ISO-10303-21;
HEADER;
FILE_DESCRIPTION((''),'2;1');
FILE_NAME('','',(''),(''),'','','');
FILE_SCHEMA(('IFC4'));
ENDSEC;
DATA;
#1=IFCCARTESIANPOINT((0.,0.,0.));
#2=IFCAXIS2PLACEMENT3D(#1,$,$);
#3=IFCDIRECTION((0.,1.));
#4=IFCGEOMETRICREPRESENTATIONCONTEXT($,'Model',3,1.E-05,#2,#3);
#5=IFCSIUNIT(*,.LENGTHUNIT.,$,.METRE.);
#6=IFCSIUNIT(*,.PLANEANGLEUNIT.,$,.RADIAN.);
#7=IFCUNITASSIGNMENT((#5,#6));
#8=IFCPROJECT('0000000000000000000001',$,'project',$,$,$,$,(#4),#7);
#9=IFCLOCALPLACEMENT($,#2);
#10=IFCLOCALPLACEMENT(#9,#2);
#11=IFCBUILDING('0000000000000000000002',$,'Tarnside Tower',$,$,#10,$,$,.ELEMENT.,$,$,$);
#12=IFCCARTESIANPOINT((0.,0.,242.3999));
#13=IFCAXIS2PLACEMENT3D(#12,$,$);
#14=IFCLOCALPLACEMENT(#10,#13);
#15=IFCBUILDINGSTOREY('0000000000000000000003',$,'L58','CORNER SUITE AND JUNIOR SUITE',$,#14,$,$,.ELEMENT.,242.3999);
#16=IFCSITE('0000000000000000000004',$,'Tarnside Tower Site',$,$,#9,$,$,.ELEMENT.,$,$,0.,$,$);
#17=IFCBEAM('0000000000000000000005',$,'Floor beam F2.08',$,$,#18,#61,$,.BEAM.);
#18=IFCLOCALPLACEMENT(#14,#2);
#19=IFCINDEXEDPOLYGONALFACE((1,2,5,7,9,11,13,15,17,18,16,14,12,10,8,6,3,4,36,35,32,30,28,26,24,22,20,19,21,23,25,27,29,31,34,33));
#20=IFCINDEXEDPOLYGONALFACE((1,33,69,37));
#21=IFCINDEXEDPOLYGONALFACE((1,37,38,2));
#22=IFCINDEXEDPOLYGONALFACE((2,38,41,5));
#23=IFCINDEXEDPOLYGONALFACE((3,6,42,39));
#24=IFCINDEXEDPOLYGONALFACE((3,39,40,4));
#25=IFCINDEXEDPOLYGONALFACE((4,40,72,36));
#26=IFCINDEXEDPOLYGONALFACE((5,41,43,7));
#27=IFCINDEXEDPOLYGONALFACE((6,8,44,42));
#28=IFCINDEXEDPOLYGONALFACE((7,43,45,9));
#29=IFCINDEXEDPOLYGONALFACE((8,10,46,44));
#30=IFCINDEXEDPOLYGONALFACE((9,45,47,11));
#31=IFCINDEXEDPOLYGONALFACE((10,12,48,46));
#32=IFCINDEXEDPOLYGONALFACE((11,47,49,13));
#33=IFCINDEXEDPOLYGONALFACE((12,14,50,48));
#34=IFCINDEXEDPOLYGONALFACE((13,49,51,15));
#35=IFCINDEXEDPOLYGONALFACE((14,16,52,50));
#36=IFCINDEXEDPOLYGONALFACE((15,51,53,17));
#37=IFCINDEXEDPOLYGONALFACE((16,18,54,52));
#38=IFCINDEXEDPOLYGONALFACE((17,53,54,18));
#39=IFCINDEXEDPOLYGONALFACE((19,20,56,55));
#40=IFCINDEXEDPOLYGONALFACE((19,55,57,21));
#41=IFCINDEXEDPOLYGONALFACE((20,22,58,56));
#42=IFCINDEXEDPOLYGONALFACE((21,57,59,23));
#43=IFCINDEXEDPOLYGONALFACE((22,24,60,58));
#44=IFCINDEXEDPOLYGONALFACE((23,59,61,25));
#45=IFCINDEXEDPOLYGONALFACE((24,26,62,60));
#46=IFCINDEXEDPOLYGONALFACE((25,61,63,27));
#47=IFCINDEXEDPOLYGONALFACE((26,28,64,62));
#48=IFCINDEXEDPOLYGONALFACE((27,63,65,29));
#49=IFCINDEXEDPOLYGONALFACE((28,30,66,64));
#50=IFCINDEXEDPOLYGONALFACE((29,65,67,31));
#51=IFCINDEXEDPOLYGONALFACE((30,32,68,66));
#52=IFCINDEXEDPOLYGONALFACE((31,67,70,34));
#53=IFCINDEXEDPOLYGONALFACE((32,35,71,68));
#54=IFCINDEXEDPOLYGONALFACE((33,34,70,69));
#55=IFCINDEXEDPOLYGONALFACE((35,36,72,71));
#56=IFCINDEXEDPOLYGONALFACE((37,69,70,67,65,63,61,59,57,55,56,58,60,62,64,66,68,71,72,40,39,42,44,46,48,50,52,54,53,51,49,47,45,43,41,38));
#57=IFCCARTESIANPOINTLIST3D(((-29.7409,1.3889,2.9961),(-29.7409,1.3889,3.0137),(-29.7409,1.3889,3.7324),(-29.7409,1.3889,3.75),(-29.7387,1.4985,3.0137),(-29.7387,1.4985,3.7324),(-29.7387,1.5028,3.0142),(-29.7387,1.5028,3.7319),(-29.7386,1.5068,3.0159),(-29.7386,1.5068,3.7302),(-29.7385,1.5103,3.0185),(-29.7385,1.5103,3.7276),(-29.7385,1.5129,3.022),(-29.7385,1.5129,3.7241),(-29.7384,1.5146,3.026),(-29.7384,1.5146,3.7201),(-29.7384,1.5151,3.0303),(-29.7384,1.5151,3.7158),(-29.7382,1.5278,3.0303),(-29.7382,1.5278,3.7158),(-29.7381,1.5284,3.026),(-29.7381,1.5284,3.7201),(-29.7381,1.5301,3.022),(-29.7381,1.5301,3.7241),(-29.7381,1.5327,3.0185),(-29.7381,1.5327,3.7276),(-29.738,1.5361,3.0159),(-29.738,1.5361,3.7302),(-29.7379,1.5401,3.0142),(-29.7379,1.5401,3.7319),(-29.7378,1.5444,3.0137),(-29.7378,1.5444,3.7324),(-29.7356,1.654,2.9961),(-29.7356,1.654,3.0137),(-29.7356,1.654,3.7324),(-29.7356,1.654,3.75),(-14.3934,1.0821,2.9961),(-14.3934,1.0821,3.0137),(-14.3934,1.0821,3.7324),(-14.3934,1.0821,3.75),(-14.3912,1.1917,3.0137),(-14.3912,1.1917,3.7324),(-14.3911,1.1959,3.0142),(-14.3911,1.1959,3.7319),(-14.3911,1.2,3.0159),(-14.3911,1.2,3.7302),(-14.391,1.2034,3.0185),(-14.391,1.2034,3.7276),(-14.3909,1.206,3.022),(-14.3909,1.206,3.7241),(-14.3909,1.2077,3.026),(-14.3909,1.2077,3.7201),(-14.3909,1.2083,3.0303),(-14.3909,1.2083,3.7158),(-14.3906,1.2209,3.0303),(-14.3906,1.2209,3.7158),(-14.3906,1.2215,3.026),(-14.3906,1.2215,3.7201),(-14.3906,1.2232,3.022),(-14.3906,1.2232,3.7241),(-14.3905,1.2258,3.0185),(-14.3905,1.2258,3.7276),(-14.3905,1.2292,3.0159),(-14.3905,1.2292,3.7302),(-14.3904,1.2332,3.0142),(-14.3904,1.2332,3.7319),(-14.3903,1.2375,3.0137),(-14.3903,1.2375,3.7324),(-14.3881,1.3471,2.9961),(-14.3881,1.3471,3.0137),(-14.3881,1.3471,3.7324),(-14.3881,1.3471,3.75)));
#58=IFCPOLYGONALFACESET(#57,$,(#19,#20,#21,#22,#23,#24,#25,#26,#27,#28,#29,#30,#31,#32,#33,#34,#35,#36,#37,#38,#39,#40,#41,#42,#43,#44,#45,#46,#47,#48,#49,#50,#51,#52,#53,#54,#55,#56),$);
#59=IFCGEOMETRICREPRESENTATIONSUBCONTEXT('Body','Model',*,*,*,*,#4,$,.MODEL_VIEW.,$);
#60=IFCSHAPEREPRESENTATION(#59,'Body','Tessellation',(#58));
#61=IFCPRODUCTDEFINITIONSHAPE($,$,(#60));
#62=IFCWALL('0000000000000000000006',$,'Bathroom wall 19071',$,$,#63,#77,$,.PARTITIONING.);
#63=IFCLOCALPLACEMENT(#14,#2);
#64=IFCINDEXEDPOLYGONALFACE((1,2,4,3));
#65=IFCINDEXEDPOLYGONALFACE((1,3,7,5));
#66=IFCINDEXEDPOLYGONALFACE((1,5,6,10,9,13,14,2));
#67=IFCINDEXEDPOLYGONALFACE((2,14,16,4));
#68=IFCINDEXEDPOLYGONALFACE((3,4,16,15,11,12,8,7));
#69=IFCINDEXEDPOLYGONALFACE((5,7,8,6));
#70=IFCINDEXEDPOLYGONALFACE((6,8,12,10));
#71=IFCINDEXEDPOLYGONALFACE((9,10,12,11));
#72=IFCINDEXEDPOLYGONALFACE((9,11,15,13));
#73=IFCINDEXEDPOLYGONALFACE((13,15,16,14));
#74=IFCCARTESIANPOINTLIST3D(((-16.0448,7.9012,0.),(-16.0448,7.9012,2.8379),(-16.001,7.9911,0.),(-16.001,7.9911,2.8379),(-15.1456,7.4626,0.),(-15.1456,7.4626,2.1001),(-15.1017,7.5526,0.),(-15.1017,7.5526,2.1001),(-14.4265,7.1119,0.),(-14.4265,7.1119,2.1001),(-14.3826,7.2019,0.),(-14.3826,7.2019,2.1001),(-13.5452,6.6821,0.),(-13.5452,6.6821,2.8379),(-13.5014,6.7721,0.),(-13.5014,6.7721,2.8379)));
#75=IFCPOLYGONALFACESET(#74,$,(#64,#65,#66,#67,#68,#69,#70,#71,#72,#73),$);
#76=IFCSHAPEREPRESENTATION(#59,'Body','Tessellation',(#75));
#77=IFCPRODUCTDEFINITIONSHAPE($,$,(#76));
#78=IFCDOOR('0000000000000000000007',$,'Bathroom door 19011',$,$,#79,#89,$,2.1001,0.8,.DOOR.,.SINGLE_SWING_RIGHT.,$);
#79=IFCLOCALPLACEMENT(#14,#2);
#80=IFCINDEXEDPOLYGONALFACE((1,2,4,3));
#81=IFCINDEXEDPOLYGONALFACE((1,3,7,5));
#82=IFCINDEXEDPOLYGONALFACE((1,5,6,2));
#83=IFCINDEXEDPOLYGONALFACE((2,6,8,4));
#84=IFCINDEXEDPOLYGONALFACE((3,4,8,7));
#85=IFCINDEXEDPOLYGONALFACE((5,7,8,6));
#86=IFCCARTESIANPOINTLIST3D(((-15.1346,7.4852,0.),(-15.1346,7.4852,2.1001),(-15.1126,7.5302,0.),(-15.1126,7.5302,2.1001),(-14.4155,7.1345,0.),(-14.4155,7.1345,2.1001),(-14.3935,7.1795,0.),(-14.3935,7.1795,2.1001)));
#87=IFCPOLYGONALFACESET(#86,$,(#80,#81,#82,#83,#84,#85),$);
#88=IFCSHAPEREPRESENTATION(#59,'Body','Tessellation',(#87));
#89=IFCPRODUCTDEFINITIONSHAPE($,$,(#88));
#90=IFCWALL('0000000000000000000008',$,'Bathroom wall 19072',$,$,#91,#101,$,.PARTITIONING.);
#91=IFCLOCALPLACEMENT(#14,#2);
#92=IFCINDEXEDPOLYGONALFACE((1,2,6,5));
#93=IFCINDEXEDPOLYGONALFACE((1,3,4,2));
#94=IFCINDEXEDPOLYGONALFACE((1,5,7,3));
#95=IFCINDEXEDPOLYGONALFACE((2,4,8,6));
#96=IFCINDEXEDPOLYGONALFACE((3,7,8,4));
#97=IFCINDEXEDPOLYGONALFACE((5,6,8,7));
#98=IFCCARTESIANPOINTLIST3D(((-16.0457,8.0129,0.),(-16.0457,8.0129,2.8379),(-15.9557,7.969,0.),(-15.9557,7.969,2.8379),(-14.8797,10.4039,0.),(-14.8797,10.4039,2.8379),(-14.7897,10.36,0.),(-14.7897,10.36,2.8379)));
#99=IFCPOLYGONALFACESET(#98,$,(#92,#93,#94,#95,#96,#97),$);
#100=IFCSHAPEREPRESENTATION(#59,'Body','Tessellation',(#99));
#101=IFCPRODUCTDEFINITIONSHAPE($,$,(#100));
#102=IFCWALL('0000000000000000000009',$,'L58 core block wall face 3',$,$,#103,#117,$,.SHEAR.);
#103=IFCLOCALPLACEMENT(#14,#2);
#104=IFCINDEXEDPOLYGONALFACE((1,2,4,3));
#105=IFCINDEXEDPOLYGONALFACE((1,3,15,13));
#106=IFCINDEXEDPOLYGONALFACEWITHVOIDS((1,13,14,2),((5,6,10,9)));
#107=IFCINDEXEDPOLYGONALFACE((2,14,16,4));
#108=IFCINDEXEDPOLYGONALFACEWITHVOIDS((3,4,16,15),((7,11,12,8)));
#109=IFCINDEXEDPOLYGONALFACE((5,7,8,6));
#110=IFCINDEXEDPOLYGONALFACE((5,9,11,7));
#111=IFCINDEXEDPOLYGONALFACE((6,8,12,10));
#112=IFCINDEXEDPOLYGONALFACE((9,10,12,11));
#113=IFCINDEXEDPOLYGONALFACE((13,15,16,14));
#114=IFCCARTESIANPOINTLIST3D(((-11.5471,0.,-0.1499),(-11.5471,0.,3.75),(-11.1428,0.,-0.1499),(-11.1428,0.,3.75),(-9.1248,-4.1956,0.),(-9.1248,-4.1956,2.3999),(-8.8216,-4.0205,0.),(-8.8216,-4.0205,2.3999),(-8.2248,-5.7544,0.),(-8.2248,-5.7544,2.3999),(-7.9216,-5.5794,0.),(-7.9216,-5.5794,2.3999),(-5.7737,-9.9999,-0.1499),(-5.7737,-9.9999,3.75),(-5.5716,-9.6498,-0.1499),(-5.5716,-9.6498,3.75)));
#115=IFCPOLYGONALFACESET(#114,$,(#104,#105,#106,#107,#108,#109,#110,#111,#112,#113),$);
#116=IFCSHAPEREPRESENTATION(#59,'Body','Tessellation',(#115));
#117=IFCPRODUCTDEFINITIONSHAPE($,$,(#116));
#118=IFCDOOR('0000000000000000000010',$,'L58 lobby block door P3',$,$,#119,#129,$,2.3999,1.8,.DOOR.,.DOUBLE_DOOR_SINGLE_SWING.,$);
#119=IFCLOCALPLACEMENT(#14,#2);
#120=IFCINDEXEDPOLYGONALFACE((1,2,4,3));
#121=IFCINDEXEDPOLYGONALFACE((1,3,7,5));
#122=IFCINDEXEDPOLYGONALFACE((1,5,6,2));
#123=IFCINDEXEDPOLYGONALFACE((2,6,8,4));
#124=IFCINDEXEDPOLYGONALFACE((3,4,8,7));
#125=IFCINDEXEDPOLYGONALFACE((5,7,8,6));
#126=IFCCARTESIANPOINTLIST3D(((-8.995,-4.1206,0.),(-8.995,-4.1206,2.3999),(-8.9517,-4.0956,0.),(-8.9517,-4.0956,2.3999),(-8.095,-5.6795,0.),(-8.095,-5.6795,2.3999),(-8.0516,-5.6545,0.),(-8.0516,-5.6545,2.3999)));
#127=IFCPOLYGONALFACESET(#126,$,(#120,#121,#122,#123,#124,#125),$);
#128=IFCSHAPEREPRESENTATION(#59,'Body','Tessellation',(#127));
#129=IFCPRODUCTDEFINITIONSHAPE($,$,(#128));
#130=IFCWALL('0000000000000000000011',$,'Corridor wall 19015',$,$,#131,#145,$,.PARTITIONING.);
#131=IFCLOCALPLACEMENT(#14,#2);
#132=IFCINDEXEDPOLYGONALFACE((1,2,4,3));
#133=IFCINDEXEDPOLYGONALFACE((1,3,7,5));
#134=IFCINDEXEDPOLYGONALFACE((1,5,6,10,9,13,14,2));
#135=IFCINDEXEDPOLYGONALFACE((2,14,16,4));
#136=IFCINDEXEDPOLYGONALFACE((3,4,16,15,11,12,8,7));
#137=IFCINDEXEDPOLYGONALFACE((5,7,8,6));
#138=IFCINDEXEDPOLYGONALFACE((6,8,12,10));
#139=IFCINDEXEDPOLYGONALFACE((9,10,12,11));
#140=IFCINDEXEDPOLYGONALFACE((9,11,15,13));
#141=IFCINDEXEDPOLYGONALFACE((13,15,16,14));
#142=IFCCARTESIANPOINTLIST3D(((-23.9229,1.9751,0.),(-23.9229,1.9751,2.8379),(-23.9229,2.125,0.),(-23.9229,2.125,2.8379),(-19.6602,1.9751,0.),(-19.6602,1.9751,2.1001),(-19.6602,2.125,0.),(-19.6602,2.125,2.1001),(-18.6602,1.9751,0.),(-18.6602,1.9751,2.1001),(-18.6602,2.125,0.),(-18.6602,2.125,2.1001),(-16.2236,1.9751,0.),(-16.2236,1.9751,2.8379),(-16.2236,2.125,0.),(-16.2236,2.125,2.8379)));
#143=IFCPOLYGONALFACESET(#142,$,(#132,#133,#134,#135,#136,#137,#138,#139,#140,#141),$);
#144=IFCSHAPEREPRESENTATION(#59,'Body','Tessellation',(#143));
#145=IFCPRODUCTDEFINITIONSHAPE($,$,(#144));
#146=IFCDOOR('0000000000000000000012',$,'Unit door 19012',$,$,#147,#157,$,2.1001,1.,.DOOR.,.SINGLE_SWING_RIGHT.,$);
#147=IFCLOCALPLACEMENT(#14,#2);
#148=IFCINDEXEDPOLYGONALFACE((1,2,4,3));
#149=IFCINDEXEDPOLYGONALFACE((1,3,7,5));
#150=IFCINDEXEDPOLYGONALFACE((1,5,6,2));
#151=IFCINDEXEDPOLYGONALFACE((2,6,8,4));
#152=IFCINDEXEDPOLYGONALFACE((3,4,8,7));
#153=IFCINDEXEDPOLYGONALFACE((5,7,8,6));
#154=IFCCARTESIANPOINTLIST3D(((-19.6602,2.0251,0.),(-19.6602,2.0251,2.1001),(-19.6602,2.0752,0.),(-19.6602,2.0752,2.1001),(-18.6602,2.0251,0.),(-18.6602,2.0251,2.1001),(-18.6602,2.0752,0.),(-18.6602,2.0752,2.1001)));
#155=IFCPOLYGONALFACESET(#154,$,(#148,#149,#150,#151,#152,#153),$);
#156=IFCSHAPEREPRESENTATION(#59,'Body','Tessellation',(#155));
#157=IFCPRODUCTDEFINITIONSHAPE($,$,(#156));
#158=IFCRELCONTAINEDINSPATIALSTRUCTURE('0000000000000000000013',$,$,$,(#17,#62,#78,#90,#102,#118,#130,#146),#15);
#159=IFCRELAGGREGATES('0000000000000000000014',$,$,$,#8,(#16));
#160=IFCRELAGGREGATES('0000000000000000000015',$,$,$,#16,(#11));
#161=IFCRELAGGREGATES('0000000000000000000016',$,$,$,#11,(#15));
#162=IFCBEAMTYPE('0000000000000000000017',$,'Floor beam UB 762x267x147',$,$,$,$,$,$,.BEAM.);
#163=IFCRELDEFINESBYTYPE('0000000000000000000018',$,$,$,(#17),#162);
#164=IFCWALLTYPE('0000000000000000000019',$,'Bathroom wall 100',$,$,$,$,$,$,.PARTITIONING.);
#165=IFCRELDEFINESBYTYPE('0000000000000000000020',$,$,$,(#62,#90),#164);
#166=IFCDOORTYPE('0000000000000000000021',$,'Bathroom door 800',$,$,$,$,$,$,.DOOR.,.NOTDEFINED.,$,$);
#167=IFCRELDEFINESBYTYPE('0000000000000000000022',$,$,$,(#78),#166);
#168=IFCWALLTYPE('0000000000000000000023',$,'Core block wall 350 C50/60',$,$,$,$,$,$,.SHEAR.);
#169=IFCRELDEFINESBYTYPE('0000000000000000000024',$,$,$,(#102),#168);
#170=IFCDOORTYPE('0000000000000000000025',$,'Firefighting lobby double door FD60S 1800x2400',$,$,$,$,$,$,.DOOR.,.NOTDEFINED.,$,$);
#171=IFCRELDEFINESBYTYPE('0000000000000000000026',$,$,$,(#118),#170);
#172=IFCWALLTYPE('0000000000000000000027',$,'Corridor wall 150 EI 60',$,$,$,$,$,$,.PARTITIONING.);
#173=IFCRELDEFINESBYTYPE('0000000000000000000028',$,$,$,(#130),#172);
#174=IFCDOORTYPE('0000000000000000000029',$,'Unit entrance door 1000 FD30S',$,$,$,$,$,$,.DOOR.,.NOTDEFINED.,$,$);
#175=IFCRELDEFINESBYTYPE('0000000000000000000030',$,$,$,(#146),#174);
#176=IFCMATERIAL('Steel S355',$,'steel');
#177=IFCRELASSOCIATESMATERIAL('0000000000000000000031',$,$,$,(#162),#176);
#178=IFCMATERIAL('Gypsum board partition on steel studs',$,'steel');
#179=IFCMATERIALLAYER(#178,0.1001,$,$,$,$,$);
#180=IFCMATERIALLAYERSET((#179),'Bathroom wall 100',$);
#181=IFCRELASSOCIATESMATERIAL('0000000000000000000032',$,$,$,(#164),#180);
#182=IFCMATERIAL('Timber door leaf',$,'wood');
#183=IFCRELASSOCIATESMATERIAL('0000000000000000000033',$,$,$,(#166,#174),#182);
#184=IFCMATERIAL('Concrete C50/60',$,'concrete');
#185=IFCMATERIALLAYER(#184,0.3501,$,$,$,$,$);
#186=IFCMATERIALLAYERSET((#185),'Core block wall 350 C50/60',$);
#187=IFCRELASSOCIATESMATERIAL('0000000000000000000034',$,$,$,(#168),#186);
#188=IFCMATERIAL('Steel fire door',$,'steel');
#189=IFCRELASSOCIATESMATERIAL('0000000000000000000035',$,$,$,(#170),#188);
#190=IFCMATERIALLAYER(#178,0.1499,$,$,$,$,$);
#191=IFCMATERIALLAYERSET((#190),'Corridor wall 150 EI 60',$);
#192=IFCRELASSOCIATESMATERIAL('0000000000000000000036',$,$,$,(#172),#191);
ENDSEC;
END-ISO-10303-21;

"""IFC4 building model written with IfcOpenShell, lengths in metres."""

from ifc_helpers import new_model, si_unit, direction, frame, frame_2d, origin, origin_2d, place, context, subcontext, project, spatial, polyline, rectangle, i_section, outline, extrude, material, layer, layer_set, material_profile, profile_set, type_object, element, fill, save


model = new_model("IFC4")

# Units and contexts
model_context = context("Model", 3, precision=1e-05, world=origin(), true_north=direction((0.0, 1.0)))
body_context = subcontext(model_context, "Body", "Model", "MODEL_VIEW")
ifc_project = project(units=[si_unit("LENGTHUNIT", "METRE"), si_unit("PLANEANGLEUNIT", "RADIAN")], contexts=[model_context])

# Site, building, storey
site_placement = place(None, origin())
site = spatial("IfcSite", under=ifc_project, at=site_placement, Name="Tarnside Tower Site", CompositionType="ELEMENT", RefElevation=0.0)
building_placement = place(site_placement, origin())
building = spatial("IfcBuilding", under=site, at=building_placement, Name="Tarnside Tower", CompositionType="ELEMENT")
storey_placement = place(building_placement, frame((0.0, 0.0, 242.3999)))
storey = spatial("IfcBuildingStorey", under=building, at=storey_placement, Name="L58", Description="CORNER SUITE AND JUNIOR SUITE", CompositionType="ELEMENT", Elevation=242.3999)

# Beam
ifc_material_1 = material(Name="Steel S355", Category="steel")
ifc_material_profile = material_profile(ifc_material_1, i_section(OverallWidth=0.2651, OverallDepth=0.7539, WebThickness=0.0127, FlangeThickness=0.0176, FilletRadius=0.0166, at=origin_2d()), Name="UB 762x267x147")
ifc_profile_set = profile_set([ifc_material_profile], Name="Steel S355")
beam_type = type_object("IfcBeamType", Name="Floor beam UB 762x267x147", PredefinedType="BEAM", material=ifc_profile_set)
beam_1_placement = place(storey_placement, frame((-29.7383, 1.5215, 3.373), z_axis=(0.9998, -0.019992, 0.0), x_axis=(0.019992, 0.9998, 0.0)))
element("IfcBeam", 1, at=beam_1_placement, inside=storey, type_object=beam_type, Name="Floor beam F2.08", PredefinedType="BEAM", context=body_context, shape_type="SweptSolid", body=[
    extrude(i_section(OverallWidth=0.2651, OverallDepth=0.7539, WebThickness=0.0127, FlangeThickness=0.0176, FilletRadius=0.0166, at=origin_2d()), origin(), (0.0, 0.0, 1.0), 15.3506),
])

# Wall, opening, door
ifc_material_2 = material(Name="Gypsum board partition on steel studs", Category="steel")
ifc_layer_1 = layer(ifc_material_2, 0.1001)
ifc_layer_set_1 = layer_set([ifc_layer_1], Name="Bathroom wall 100")
wall_type_1 = type_object("IfcWallType", Name="Bathroom wall 100", PredefinedType="PARTITIONING", material=ifc_layer_set_1)
wall_1_placement = place(storey_placement, frame((-13.5232, 6.7271, 0.0), z_axis=(0.0, 0.0, 1.0), x_axis=(-0.898808, 0.438342, 0.0)))
wall_1 = element("IfcWall", 2, at=wall_1_placement, inside=storey, type_object=wall_type_1, Name="Bathroom wall 19071", PredefinedType="PARTITIONING", context=body_context, shape_type="SweptSolid", body=[
    extrude(rectangle(XDim=2.781, YDim=0.1001, at=frame_2d((1.3906, 0.0))), origin(), (0.0, 0.0, 1.0), 2.8379),
])
opening_1_placement = place(wall_1_placement, frame((0.9807, 0.0, 0.0)))
opening_1 = element("IfcOpeningElement", 3, at=opening_1_placement, cuts=wall_1, PredefinedType="OPENING", context=body_context, shape_type="SweptSolid", body=[
    extrude(rectangle(XDim=0.8, YDim=2.1001, at=frame_2d((0.3999, 1.05))), frame((0.0, 0.0601, 0.0), z_axis=(0.0, -1.0, 0.0), x_axis=(1.0, 0.0, 0.0)), (0.0, 0.0, 1.0), 0.1201),
])
ifc_material_3 = material(Name="Timber door leaf", Category="wood")
door_type_1 = type_object("IfcDoorType", Name="Bathroom door 800", OperationType="NOTDEFINED", PredefinedType="DOOR", material=ifc_material_3)
door_1_placement = place(opening_1_placement, origin())
door_1 = element("IfcDoor", 4, at=door_1_placement, inside=storey, type_object=door_type_1, Name="Bathroom door 19011", OperationType="SINGLE_SWING_RIGHT", OverallHeight=2.1001, OverallWidth=0.8, PredefinedType="DOOR", context=body_context, shape_type="SweptSolid", body=[
    extrude(rectangle(XDim=0.8, YDim=2.1001, at=frame_2d((0.3999, 1.05))), frame((0.0, 0.0249, 0.0), z_axis=(0.0, -1.0, 0.0), x_axis=(1.0, 0.0, 0.0)), (0.0, 0.0, 1.0), 0.05),
])
fill(opening_1, door_1)

# Wall
wall_2_placement = place(storey_placement, frame((-16.0007, 7.991, 0.0), z_axis=(0.0, 0.0, 1.0), x_axis=(0.438344, 0.898807, 0.0)))
element("IfcWall", 5, at=wall_2_placement, inside=storey, type_object=wall_type_1, Name="Bathroom wall 19072", PredefinedType="PARTITIONING", context=body_context, shape_type="SweptSolid", body=[
    extrude(rectangle(XDim=2.6602, YDim=0.1001, at=frame_2d((1.3301, 0.0))), origin(), (0.0, 0.0, 1.0), 2.8379),
])

# Walls, openings, doors
ifc_material_4 = material(Name="Concrete C50/60", Category="concrete")
ifc_layer_2 = layer(ifc_material_4, 0.3501)
ifc_layer_set_2 = layer_set([ifc_layer_2], Name="Core block wall 350 C50/60")
wall_type_2 = type_object("IfcWallType", Name="Core block wall 350 C50/60", PredefinedType="SHEAR", material=ifc_layer_set_2)
wall_3_placement = place(storey_placement, frame((-11.345, 0.0, -0.1499), z_axis=(0.0, 0.0, 1.0), x_axis=(0.499995, -0.866028, 0.0)))
wall_3 = element("IfcWall", 6, at=wall_3_placement, inside=storey, type_object=wall_type_2, Name="L58 core block wall face 3", PredefinedType="SHEAR", context=body_context, shape_type="SweptSolid", body=[
    extrude(outline(polyline([(-0.1011, -0.175), (11.4458, -0.175), (11.2437, 0.175), (0.1011, 0.175), (-0.1011, -0.175)])), origin(), (0.0, 0.0, 1.0), 3.8999),
])
opening_2_placement = place(wall_3_placement, frame((4.7437, 0.0, 0.1499)))
opening_2 = element("IfcOpeningElement", 7, at=opening_2_placement, cuts=wall_3, PredefinedType="OPENING", context=body_context, shape_type="SweptSolid", body=[
    extrude(rectangle(XDim=1.8, YDim=2.3999, at=frame_2d((0.8999, 1.2))), frame((0.0, 0.1851, 0.0), z_axis=(0.0, -1.0, 0.0), x_axis=(1.0, 0.0, 0.0)), (0.0, 0.0, 1.0), 0.3701),
])
ifc_material_5 = material(Name="Steel fire door", Category="steel")
door_type_2 = type_object("IfcDoorType", Name="Firefighting lobby double door FD60S 1800x2400", OperationType="NOTDEFINED", PredefinedType="DOOR", material=ifc_material_5)
door_2_placement = place(opening_2_placement, origin())
door_2 = element("IfcDoor", 8, at=door_2_placement, inside=storey, type_object=door_type_2, Name="L58 lobby block door P3", OperationType="DOUBLE_DOOR_SINGLE_SWING", OverallHeight=2.3999, OverallWidth=1.8, PredefinedType="DOOR", context=body_context, shape_type="SweptSolid", body=[
    extrude(rectangle(XDim=1.8, YDim=2.3999, at=frame_2d((0.8999, 1.2))), frame((0.0, 0.0249, 0.0), z_axis=(0.0, -1.0, 0.0), x_axis=(1.0, 0.0, 0.0)), (0.0, 0.0, 1.0), 0.05),
])
fill(opening_2, door_2)
ifc_layer_3 = layer(ifc_material_2, 0.1499)
ifc_layer_set_3 = layer_set([ifc_layer_3], Name="Corridor wall 150 EI 60")
wall_type_3 = type_object("IfcWallType", Name="Corridor wall 150 EI 60", PredefinedType="PARTITIONING", material=ifc_layer_set_3)
wall_4_placement = place(storey_placement, frame((-16.2236, 2.05, 0.0), z_axis=(0.0, 0.0, 1.0), x_axis=(-1.0, 0.0, 0.0)))
wall_4 = element("IfcWall", 9, at=wall_4_placement, inside=storey, type_object=wall_type_3, Name="Corridor wall 19015", PredefinedType="PARTITIONING", context=body_context, shape_type="SweptSolid", body=[
    extrude(rectangle(XDim=7.6992, YDim=0.1499, at=frame_2d((3.8496, 0.0))), origin(), (0.0, 0.0, 1.0), 2.8379),
])
opening_3_placement = place(wall_4_placement, frame((2.4365, 0.0, 0.0)))
opening_3 = element("IfcOpeningElement", 10, at=opening_3_placement, cuts=wall_4, PredefinedType="OPENING", context=body_context, shape_type="SweptSolid", body=[
    extrude(rectangle(XDim=1.0, YDim=2.1001, at=frame_2d((0.5, 1.05))), frame((0.0, 0.085, 0.0), z_axis=(0.0, -1.0, 0.0), x_axis=(1.0, 0.0, 0.0)), (0.0, 0.0, 1.0), 0.1699),
])
door_type_3 = type_object("IfcDoorType", Name="Unit entrance door 1000 FD30S", OperationType="NOTDEFINED", PredefinedType="DOOR", material=ifc_material_3)
door_3_placement = place(opening_3_placement, origin())
door_3 = element("IfcDoor", 11, at=door_3_placement, inside=storey, type_object=door_type_3, Name="Unit door 19012", OperationType="SINGLE_SWING_RIGHT", OverallHeight=2.1001, OverallWidth=1.0, PredefinedType="DOOR", context=body_context, shape_type="SweptSolid", body=[
    extrude(rectangle(XDim=1.0, YDim=2.1001, at=frame_2d((0.5, 1.05))), frame((0.0, 0.0249, 0.0), z_axis=(0.0, -1.0, 0.0), x_axis=(1.0, 0.0, 0.0)), (0.0, 0.0, 1.0), 0.05),
])
fill(opening_3, door_3)

save(model, "model.ifc")
